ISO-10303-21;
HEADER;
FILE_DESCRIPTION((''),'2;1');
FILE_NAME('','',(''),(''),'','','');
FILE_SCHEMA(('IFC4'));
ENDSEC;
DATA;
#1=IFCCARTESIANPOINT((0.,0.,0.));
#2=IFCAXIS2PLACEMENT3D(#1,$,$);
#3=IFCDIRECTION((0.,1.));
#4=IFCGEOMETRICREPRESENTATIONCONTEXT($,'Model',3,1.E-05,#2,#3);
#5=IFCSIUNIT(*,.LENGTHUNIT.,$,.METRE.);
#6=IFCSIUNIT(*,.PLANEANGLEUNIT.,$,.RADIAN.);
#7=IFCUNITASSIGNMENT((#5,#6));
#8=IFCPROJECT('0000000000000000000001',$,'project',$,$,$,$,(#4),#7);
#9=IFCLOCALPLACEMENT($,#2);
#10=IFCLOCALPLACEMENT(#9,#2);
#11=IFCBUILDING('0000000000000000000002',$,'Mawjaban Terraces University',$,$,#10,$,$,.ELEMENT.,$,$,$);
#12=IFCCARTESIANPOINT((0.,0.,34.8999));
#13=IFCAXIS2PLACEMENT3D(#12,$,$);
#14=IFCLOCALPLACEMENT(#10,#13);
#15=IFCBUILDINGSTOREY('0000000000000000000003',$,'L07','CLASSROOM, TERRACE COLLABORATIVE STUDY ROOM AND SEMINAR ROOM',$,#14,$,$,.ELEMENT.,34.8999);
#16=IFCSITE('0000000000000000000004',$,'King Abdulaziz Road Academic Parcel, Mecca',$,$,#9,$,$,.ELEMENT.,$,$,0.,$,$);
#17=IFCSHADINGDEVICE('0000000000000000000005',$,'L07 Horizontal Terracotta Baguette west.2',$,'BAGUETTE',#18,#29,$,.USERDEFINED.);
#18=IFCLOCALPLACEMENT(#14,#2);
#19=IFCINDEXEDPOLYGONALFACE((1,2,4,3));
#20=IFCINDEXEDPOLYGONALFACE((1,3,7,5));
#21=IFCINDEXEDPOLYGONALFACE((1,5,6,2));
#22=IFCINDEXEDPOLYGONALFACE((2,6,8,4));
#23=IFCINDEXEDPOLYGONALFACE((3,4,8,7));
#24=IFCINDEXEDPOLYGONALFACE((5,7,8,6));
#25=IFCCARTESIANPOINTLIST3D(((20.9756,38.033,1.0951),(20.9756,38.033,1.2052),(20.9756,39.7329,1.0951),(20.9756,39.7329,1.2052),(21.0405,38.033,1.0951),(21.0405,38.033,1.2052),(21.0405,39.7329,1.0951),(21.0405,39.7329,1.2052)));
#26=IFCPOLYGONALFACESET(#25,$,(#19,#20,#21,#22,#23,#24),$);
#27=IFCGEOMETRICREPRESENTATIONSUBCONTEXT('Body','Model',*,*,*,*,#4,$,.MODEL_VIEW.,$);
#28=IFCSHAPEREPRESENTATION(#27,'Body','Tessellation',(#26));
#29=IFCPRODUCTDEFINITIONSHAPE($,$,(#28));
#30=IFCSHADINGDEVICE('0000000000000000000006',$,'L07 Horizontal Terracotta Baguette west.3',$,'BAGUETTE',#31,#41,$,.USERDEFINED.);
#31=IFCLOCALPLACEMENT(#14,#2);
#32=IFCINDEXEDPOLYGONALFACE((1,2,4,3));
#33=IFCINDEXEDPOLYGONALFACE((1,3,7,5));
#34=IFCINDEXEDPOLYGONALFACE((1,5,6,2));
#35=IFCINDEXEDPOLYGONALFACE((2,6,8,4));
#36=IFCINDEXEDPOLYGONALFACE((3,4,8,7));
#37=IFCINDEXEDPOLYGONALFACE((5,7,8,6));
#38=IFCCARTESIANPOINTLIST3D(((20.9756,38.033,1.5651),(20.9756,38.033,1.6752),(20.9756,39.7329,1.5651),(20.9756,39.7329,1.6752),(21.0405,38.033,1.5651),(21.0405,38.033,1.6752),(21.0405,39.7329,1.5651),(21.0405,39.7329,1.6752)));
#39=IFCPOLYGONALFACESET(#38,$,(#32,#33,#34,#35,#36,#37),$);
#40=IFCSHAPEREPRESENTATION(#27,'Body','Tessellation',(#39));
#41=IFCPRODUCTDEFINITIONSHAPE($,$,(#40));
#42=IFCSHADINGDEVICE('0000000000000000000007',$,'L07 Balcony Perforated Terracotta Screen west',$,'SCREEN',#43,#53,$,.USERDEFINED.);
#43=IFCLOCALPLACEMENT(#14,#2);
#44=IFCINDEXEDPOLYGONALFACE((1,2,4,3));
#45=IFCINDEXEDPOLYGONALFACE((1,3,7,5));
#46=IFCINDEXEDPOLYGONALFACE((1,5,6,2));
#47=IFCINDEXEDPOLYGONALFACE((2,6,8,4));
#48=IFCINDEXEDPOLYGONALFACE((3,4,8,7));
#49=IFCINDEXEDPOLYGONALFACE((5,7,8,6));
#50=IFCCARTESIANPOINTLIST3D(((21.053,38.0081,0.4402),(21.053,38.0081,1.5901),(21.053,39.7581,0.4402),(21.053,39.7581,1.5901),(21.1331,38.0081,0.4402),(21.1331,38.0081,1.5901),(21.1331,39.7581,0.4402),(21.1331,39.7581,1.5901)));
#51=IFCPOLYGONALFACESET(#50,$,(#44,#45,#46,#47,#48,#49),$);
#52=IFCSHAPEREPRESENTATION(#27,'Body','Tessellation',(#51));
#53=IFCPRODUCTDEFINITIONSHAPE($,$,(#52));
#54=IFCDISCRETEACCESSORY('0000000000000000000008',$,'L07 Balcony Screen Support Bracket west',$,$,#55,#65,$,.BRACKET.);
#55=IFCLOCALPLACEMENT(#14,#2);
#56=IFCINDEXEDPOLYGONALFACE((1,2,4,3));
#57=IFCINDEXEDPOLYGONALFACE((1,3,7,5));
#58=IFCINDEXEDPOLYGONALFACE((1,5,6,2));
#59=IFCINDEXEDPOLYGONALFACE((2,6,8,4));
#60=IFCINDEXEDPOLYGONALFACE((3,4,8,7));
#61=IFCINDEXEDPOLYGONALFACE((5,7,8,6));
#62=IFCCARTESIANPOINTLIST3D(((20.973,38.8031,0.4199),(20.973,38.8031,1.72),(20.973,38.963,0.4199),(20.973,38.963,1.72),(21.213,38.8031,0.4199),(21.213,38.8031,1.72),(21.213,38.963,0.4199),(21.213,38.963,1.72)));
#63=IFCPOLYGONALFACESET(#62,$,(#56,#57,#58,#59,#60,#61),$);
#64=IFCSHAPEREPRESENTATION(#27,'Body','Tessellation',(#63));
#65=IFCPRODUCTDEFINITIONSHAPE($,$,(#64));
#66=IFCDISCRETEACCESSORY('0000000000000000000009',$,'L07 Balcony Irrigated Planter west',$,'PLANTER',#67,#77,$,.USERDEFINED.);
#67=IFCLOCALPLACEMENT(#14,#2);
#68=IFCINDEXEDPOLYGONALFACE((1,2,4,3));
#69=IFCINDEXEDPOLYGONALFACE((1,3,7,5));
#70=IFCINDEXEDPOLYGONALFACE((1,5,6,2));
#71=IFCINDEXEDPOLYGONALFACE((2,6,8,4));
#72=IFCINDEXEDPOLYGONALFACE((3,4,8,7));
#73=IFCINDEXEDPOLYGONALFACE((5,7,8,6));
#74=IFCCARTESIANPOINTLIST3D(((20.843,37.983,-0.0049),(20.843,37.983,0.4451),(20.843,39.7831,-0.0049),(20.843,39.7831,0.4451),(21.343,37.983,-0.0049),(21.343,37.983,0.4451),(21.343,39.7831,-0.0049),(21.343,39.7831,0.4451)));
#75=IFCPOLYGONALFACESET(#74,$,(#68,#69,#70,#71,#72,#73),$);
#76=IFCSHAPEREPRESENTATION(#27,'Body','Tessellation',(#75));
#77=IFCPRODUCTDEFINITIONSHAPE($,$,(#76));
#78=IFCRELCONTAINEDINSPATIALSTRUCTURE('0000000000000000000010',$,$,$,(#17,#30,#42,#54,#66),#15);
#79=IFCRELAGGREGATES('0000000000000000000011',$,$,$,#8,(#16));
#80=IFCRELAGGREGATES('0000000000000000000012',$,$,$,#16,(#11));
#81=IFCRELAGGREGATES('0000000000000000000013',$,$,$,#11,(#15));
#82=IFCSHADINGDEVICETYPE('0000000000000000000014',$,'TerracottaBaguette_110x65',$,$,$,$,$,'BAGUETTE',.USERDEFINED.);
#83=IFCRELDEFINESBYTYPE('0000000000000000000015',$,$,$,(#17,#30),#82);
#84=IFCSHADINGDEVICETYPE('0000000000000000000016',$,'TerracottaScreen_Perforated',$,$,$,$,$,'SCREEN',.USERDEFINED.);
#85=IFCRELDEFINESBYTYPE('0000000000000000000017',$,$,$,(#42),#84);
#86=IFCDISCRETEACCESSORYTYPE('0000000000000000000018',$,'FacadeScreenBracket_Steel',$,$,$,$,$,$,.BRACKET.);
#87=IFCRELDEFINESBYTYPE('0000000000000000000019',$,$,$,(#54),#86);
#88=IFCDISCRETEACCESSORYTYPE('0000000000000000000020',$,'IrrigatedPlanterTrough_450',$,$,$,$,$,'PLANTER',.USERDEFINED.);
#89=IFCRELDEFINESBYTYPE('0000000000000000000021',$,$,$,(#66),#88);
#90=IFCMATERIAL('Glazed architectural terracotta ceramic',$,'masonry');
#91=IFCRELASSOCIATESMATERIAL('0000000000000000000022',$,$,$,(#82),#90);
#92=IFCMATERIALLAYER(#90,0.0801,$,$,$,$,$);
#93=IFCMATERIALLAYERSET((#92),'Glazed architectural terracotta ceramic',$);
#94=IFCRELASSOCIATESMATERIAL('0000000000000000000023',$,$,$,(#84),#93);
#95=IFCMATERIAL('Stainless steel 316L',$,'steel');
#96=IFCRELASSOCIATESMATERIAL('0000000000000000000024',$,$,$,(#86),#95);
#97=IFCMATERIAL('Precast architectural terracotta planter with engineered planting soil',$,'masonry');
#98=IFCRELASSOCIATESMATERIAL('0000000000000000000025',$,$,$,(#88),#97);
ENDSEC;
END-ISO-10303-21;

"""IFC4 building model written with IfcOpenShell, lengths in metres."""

from ifc_helpers import new_model, si_unit, direction, frame, origin, origin_2d, place, context, subcontext, project, spatial, rectangle, extrude, material, layer, layer_set, material_profile, profile_set, type_object, element, save


model = new_model("IFC4")

# Units and contexts
model_context = context("Model", 3, precision=1e-05, world=origin(), true_north=direction((0.0, 1.0)))
body_context = subcontext(model_context, "Body", "Model", "MODEL_VIEW")
ifc_project = project(units=[si_unit("LENGTHUNIT", "METRE"), si_unit("PLANEANGLEUNIT", "RADIAN")], contexts=[model_context])

# Site, building, storey
site_placement = place(None, origin())
site = spatial("IfcSite", under=ifc_project, at=site_placement, Name="King Abdulaziz Road Academic Parcel, Mecca", CompositionType="ELEMENT", RefElevation=0.0)
building_placement = place(site_placement, origin())
building = spatial("IfcBuilding", under=site, at=building_placement, Name="Mawjaban Terraces University", CompositionType="ELEMENT")
storey_placement = place(building_placement, frame((0.0, 0.0, 34.8999)))
storey = spatial("IfcBuildingStorey", under=building, at=storey_placement, Name="L07", Description="CLASSROOM, TERRACE COLLABORATIVE STUDY ROOM AND SEMINAR ROOM", CompositionType="ELEMENT", Elevation=34.8999)

# Shading devices
ifc_material_1 = material(Name="Glazed architectural terracotta ceramic", Category="masonry")
ifc_material_profile_1 = material_profile(ifc_material_1, rectangle(XDim=0.0649, YDim=0.1101, at=origin_2d()), Name="TBAG110X65")
ifc_profile_set_1 = profile_set([ifc_material_profile_1], Name="Glazed architectural terracotta ceramic")
shading_device_type_1 = type_object("IfcShadingDeviceType", Name="TerracottaBaguette_110x65", ElementType="BAGUETTE", PredefinedType="USERDEFINED", material=ifc_profile_set_1)
for number, where, z_axis, x_axis, name in (
    (1, (21.0081, 38.033, 1.1501), (0.0, 1.0, 0.0), (-1.0, 0.0, 0.0), "L07 Horizontal Terracotta Baguette west.2"),
    (2, (21.0081, 38.033, 1.6201), (0.0, 1.0, 0.0), (-1.0, 0.0, 0.0), "L07 Horizontal Terracotta Baguette west.3"),
):
    element("IfcShadingDevice", number, at=place(storey_placement, frame(where, z_axis=z_axis, x_axis=x_axis)), inside=storey, type_object=shading_device_type_1, Name=name, ObjectType="BAGUETTE", PredefinedType="USERDEFINED", context=body_context, shape_type="SweptSolid", body=[
        extrude(rectangle(XDim=0.0649, YDim=0.1101, at=origin_2d()), origin(), (0.0, 0.0, 1.0), 1.7),
    ])
ifc_layer_1 = layer(ifc_material_1, 0.0801)
ifc_layer_set_1 = layer_set([ifc_layer_1], Name="Glazed architectural terracotta ceramic")
shading_device_type_2 = type_object("IfcShadingDeviceType", Name="TerracottaScreen_Perforated", ElementType="SCREEN", PredefinedType="USERDEFINED", material=ifc_layer_set_1)
shading_device_placement = place(storey_placement, frame((21.093, 38.8831, 0.4402), z_axis=(0.0, 0.0, 1.0), x_axis=(0.0, 1.0, 0.0)))
element("IfcShadingDevice", 3, at=shading_device_placement, inside=storey, type_object=shading_device_type_2, Name="L07 Balcony Perforated Terracotta Screen west", ObjectType="SCREEN", PredefinedType="USERDEFINED", context=body_context, shape_type="SweptSolid", body=[
    extrude(rectangle(XDim=1.75, YDim=0.0801, at=origin_2d()), origin(), (0.0, 0.0, 1.0), 1.1499),
])

# Discrete accessories
ifc_material_2 = material(Name="Stainless steel 316L", Category="steel")
discrete_accessory_type_1 = type_object("IfcDiscreteAccessoryType", Name="FacadeScreenBracket_Steel", PredefinedType="BRACKET", material=ifc_material_2)
discrete_accessory_1_placement = place(storey_placement, frame((21.093, 38.8831, 0.4199), z_axis=(0.0, 0.0, 1.0), x_axis=(0.0, 1.0, 0.0)))
element("IfcDiscreteAccessory", 4, at=discrete_accessory_1_placement, inside=storey, type_object=discrete_accessory_type_1, Name="L07 Balcony Screen Support Bracket west", PredefinedType="BRACKET", context=body_context, shape_type="SweptSolid", body=[
    extrude(rectangle(XDim=0.1599, YDim=0.24, at=origin_2d()), origin(), (0.0, 0.0, 1.0), 1.3),
])
ifc_material_3 = material(Name="Precast architectural terracotta planter with engineered planting soil", Category="masonry")
discrete_accessory_type_2 = type_object("IfcDiscreteAccessoryType", Name="IrrigatedPlanterTrough_450", ElementType="PLANTER", PredefinedType="USERDEFINED", material=ifc_material_3)
discrete_accessory_2_placement = place(storey_placement, frame((21.093, 38.8831, -0.0049), z_axis=(0.0, 0.0, 1.0), x_axis=(0.0, 1.0, 0.0)))
element("IfcDiscreteAccessory", 5, at=discrete_accessory_2_placement, inside=storey, type_object=discrete_accessory_type_2, Name="L07 Balcony Irrigated Planter west", ObjectType="PLANTER", PredefinedType="USERDEFINED", context=body_context, shape_type="SweptSolid", body=[
    extrude(rectangle(XDim=1.8, YDim=0.5, at=origin_2d()), origin(), (0.0, 0.0, 1.0), 0.45),
])

save(model, "model.ifc")
